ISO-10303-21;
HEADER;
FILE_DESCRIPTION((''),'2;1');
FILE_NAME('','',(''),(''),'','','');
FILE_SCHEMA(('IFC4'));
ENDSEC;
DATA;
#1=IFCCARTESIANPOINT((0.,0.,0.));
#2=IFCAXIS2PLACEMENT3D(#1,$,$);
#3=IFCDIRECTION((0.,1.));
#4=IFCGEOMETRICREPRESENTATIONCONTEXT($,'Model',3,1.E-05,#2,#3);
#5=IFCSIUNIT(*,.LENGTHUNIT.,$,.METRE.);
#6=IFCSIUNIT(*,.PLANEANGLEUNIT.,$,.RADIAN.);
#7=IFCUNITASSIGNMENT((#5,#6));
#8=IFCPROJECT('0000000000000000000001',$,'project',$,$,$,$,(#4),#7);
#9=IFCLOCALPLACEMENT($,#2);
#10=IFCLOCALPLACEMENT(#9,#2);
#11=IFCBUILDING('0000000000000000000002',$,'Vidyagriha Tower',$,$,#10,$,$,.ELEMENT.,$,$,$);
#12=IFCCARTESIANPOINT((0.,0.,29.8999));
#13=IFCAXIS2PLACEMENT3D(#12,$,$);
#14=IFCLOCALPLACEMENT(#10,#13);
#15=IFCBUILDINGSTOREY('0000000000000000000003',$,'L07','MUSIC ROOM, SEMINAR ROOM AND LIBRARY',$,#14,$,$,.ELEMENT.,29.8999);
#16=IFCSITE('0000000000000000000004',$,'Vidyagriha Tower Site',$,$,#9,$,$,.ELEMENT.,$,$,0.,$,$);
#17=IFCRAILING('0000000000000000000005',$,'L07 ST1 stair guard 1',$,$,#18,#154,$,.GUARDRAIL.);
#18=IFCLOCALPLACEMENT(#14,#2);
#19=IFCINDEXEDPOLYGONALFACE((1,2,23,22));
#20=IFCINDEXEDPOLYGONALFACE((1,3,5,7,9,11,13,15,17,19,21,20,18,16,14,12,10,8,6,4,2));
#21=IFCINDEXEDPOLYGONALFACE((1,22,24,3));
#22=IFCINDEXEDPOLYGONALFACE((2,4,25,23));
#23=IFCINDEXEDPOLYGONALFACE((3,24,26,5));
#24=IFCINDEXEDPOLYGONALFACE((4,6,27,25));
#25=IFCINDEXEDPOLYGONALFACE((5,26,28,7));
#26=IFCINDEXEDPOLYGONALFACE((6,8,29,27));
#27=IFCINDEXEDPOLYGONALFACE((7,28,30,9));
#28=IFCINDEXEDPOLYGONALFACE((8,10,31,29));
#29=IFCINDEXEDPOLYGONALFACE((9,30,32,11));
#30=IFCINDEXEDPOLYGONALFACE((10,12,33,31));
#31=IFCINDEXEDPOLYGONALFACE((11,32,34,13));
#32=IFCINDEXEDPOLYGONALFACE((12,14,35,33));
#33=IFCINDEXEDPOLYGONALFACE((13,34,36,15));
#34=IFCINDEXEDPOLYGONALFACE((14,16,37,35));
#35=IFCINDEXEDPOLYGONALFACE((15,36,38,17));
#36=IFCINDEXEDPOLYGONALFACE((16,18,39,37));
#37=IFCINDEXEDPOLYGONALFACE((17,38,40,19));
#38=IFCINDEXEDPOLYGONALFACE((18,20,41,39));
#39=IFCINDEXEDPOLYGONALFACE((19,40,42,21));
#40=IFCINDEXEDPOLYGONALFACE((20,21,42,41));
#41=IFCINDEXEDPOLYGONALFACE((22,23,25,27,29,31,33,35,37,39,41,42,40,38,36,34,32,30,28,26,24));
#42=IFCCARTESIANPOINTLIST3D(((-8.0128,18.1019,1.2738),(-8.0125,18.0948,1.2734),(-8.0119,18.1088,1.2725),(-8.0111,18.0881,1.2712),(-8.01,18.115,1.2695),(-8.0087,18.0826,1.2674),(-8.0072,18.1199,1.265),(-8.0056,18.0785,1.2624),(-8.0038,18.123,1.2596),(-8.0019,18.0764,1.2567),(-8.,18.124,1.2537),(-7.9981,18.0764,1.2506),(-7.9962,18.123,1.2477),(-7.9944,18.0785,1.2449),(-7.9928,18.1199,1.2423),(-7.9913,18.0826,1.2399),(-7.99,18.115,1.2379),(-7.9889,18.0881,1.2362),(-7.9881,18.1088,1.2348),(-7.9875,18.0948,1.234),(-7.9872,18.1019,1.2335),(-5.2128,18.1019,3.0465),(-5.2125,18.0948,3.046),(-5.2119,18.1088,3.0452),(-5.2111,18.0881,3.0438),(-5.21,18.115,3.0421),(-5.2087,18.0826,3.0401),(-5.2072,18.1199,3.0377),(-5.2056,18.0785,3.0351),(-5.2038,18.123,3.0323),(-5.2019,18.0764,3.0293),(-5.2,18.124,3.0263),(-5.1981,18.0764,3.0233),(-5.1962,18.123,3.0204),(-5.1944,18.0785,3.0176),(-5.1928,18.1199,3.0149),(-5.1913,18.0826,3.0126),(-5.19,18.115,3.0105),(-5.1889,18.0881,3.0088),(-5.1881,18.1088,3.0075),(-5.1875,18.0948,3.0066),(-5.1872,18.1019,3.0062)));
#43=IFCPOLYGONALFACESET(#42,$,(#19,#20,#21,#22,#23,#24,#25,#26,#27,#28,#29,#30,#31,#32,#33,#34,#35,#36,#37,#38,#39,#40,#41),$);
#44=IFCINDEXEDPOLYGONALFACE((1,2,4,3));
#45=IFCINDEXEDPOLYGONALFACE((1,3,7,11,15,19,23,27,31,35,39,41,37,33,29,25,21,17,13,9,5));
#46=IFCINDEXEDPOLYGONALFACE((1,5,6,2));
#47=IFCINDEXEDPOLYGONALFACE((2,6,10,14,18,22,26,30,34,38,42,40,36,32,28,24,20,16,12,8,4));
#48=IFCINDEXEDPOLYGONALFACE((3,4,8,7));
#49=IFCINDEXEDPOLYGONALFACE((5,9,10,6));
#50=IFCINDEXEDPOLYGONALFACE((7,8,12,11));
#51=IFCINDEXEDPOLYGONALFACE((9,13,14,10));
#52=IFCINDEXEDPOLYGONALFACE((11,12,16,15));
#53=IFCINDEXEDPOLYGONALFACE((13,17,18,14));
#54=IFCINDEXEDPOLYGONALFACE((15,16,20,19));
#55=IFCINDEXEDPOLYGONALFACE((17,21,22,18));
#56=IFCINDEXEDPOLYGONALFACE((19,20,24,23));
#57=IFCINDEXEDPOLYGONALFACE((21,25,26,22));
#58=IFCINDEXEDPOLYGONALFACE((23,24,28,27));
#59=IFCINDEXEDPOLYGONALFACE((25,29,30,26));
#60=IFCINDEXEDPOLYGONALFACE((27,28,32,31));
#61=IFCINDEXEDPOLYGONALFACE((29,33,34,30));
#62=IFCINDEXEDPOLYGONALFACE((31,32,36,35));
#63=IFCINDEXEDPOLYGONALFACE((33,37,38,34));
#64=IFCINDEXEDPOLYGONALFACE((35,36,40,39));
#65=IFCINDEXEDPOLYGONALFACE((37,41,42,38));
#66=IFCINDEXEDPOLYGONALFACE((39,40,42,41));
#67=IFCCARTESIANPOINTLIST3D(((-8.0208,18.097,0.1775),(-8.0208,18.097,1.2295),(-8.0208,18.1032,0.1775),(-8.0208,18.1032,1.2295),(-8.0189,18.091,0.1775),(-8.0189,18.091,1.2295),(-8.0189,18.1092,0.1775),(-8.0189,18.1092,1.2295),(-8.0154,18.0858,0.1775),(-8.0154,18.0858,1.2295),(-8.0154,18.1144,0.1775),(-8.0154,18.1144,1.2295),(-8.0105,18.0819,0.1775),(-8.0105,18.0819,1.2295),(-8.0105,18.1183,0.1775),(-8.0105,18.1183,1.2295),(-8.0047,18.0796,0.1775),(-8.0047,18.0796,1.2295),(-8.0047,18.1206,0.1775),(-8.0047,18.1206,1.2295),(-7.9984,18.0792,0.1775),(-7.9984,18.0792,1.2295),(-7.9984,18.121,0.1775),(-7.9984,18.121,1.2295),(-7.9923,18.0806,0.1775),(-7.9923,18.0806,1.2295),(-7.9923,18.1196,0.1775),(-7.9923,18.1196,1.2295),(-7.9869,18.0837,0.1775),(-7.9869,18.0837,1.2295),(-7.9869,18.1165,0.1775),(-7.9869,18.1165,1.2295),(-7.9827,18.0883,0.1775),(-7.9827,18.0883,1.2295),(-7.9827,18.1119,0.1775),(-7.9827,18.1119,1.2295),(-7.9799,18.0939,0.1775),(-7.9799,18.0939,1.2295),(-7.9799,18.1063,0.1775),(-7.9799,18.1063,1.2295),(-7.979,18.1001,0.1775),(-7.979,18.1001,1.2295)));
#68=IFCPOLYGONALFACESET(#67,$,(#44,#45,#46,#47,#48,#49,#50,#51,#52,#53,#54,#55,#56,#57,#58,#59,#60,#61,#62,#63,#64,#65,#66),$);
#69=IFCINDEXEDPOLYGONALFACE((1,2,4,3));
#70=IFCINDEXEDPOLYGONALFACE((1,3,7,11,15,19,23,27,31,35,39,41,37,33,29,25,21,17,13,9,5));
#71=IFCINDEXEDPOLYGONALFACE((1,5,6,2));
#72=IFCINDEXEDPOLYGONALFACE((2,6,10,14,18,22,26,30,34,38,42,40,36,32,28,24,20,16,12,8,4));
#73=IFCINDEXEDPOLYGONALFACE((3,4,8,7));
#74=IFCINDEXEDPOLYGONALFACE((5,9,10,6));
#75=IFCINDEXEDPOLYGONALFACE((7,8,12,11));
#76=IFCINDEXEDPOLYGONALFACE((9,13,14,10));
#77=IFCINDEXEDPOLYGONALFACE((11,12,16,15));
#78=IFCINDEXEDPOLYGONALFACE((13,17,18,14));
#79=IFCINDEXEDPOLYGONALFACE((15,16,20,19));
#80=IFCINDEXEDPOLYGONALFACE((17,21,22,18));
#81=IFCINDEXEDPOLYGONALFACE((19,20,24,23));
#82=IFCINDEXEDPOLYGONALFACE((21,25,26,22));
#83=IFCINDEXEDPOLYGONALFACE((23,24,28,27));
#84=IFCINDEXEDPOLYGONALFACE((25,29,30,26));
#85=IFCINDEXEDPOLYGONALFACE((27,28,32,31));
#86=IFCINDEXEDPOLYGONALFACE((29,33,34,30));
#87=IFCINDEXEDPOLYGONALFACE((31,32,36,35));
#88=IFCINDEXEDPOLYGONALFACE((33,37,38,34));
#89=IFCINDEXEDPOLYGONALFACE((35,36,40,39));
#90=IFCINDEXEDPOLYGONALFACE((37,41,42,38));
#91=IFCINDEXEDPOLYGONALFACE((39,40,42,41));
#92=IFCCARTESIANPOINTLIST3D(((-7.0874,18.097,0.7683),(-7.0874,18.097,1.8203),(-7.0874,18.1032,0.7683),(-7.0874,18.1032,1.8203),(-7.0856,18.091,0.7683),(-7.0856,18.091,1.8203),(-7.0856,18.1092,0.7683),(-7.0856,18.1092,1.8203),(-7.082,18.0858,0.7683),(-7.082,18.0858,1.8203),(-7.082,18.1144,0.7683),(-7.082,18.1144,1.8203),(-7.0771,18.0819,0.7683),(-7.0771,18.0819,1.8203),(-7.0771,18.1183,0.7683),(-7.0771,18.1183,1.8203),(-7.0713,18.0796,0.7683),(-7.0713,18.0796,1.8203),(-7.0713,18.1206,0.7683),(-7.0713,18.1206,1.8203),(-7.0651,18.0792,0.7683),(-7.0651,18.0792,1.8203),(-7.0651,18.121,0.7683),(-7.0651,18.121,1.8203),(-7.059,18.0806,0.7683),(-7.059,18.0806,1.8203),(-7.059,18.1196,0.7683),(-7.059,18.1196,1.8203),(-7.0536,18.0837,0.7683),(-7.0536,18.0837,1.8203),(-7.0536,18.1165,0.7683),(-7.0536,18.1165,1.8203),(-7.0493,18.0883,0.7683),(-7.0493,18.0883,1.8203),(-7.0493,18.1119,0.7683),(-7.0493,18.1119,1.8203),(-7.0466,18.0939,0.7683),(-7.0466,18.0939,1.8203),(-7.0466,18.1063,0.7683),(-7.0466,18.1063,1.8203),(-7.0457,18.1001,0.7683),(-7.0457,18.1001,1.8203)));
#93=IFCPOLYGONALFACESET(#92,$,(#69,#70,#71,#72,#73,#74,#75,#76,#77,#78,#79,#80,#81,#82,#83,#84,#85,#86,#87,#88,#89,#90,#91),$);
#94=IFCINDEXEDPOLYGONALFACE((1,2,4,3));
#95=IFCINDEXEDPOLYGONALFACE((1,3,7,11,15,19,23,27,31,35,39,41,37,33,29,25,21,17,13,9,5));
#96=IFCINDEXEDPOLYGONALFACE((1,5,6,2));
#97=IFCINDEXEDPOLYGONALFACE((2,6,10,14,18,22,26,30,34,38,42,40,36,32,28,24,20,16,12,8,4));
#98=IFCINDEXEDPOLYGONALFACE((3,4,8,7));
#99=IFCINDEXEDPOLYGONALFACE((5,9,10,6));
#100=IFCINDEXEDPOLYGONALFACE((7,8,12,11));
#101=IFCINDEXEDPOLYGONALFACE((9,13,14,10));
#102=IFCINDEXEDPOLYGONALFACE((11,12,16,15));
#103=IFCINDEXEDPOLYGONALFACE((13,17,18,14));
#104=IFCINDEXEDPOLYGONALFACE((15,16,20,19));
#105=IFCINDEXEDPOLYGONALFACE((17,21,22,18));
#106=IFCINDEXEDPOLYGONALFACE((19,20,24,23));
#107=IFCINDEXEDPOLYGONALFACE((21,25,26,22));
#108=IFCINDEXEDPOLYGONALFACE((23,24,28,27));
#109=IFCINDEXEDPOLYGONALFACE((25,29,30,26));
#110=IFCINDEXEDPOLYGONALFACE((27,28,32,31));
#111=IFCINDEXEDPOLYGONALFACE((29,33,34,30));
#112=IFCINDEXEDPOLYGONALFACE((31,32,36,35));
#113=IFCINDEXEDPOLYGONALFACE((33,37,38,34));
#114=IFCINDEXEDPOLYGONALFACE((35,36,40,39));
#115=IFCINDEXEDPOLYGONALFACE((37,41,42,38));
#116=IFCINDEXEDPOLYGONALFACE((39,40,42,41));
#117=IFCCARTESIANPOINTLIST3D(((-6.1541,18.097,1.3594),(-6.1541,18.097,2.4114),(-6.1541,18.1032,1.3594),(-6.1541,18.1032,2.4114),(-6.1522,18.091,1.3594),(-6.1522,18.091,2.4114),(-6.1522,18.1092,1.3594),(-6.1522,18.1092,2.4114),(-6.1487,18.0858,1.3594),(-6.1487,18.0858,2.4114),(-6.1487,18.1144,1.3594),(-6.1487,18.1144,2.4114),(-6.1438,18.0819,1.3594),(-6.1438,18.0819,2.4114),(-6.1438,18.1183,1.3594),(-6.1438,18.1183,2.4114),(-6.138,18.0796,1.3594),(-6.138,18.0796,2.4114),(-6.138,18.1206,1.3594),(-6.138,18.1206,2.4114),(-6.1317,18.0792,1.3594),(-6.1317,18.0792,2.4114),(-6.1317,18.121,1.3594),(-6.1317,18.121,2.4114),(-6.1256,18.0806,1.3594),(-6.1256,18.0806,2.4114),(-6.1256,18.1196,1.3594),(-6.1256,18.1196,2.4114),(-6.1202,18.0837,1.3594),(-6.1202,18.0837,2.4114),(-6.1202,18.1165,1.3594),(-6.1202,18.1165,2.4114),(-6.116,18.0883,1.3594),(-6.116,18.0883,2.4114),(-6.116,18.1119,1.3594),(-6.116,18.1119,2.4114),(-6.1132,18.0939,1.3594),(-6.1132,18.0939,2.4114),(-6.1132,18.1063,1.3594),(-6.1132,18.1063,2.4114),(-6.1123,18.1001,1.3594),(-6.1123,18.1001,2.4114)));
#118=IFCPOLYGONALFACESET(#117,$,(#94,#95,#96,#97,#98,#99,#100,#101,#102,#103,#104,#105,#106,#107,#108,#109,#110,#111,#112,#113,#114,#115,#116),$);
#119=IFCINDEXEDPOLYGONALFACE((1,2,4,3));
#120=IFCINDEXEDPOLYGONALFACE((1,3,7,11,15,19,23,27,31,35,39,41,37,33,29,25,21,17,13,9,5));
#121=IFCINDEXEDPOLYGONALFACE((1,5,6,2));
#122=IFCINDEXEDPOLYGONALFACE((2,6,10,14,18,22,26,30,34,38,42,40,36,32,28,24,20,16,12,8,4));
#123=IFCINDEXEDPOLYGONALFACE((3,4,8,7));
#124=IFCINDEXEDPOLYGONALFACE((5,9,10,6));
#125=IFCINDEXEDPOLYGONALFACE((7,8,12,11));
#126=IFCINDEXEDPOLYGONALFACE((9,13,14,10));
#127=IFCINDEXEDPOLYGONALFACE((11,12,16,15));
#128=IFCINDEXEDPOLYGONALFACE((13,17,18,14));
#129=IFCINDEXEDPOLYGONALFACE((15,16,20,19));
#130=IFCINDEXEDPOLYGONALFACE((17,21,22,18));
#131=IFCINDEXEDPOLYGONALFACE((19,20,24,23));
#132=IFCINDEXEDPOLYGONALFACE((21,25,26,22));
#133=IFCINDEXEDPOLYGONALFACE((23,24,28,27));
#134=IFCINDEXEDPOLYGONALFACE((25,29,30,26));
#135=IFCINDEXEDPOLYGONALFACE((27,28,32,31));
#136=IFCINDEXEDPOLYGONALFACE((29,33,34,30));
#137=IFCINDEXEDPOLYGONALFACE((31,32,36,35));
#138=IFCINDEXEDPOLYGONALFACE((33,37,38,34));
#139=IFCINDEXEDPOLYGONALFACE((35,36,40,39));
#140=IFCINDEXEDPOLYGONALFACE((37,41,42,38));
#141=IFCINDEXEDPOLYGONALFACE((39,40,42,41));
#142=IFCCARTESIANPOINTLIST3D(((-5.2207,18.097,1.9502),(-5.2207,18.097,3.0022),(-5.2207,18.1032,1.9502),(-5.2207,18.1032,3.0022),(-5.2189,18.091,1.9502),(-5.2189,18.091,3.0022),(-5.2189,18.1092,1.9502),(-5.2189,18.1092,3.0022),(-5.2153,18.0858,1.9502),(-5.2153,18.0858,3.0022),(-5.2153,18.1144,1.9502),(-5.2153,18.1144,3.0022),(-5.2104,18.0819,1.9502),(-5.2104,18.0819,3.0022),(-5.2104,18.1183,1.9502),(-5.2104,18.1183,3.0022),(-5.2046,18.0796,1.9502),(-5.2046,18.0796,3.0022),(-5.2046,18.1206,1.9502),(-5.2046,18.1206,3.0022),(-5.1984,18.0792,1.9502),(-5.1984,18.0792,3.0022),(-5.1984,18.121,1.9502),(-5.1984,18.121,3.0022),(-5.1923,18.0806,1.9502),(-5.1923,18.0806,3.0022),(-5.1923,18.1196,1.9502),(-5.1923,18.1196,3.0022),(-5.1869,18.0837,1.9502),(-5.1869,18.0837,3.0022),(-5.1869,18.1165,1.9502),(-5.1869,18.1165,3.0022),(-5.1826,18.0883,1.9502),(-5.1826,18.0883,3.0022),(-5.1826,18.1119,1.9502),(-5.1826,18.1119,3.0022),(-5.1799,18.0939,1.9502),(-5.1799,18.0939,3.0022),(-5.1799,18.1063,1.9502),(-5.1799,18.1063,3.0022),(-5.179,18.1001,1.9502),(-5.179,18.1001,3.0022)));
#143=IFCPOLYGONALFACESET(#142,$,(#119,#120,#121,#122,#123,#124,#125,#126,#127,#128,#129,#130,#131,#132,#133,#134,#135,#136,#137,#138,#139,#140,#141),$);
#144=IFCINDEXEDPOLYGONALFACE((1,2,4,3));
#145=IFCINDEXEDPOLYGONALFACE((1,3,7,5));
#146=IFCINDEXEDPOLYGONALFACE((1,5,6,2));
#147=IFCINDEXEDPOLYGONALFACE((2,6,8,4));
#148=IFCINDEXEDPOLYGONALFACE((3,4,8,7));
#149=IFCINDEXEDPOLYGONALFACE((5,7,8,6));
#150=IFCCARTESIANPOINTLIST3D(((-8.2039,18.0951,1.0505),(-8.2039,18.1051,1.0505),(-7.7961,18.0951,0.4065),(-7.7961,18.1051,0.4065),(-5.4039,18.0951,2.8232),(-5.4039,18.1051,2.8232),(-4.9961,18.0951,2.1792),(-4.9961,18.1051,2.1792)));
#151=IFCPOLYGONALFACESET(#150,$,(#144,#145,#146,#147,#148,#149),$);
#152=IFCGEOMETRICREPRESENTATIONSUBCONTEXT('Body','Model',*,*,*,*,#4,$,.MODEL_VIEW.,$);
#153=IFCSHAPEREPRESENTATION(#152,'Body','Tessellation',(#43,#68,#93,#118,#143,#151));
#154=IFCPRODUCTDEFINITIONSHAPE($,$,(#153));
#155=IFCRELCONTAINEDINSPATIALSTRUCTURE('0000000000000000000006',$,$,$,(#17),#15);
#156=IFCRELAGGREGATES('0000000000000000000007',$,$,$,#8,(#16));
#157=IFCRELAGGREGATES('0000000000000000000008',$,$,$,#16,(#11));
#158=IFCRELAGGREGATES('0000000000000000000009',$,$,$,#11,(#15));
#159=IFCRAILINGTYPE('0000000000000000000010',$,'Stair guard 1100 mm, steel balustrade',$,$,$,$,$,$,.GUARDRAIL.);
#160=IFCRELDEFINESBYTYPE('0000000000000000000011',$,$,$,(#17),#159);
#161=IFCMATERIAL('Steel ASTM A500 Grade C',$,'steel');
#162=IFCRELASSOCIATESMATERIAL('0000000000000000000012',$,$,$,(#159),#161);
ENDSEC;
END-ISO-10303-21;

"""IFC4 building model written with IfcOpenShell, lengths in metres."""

from ifc_helpers import new_model, si_unit, direction, frame, origin, origin_2d, place, context, subcontext, project, spatial, rectangle, circle, extrude, material, type_object, element, save


model = new_model("IFC4")

# Units and contexts
model_context = context("Model", 3, precision=1e-05, world=origin(), true_north=direction((0.0, 1.0)))
body_context = subcontext(model_context, "Body", "Model", "MODEL_VIEW")
ifc_project = project(units=[si_unit("LENGTHUNIT", "METRE"), si_unit("PLANEANGLEUNIT", "RADIAN")], contexts=[model_context])

# Site, building, storey
site_placement = place(None, origin())
site = spatial("IfcSite", under=ifc_project, at=site_placement, Name="Vidyagriha Tower Site", CompositionType="ELEMENT", RefElevation=0.0)
building_placement = place(site_placement, origin())
building = spatial("IfcBuilding", under=site, at=building_placement, Name="Vidyagriha Tower", CompositionType="ELEMENT")
storey_placement = place(building_placement, frame((0.0, 0.0, 29.8999)))
storey = spatial("IfcBuildingStorey", under=building, at=storey_placement, Name="L07", Description="MUSIC ROOM, SEMINAR ROOM AND LIBRARY", CompositionType="ELEMENT", Elevation=29.8999)

# Railing
ifc_material_1 = material(Name="Steel ASTM A500 Grade C", Category="steel")
railing_type_1 = type_object("IfcRailingType", Name="Stair guard 1100 mm, steel balustrade", PredefinedType="GUARDRAIL", material=ifc_material_1)
railing_1_placement = place(storey_placement, frame((-8.0, 18.1001, 0.1775)))
element("IfcRailing", 1, at=railing_1_placement, inside=storey, type_object=railing_type_1, Name="L07 ST1 stair guard 1", PredefinedType="GUARDRAIL", context=body_context, shape_type="SweptSolid", body=[
    extrude(circle(Radius=0.0239, at=origin_2d()), frame((0.0, 0.0, 1.0762), z_axis=(0.844909, 0.0, 0.53491), x_axis=(0.0, 1.0, 0.0)), (0.0, 0.0, 1.0), 3.314),
    extrude(circle(Radius=0.021, at=origin_2d()), origin(), (0.0, 0.0, 1.0), 1.052),
    extrude(circle(Radius=0.021, at=origin_2d()), frame((0.9333, 0.0, 0.5908)), (0.0, 0.0, 1.0), 1.052),
    extrude(circle(Radius=0.021, at=origin_2d()), frame((1.8667, 0.0, 1.1819)), (0.0, 0.0, 1.0), 1.052),
    extrude(circle(Radius=0.021, at=origin_2d()), frame((2.8, 0.0, 1.7727)), (0.0, 0.0, 1.0), 1.052),
    extrude(rectangle(XDim=0.01, YDim=0.7622, at=origin_2d()), frame((0.0, 0.0, 0.551), z_axis=(0.844909, 0.0, 0.53491), x_axis=(0.0, 1.0, 0.0)), (0.0, 0.0, 1.0), 3.314),
])

save(model, "model.ifc")
